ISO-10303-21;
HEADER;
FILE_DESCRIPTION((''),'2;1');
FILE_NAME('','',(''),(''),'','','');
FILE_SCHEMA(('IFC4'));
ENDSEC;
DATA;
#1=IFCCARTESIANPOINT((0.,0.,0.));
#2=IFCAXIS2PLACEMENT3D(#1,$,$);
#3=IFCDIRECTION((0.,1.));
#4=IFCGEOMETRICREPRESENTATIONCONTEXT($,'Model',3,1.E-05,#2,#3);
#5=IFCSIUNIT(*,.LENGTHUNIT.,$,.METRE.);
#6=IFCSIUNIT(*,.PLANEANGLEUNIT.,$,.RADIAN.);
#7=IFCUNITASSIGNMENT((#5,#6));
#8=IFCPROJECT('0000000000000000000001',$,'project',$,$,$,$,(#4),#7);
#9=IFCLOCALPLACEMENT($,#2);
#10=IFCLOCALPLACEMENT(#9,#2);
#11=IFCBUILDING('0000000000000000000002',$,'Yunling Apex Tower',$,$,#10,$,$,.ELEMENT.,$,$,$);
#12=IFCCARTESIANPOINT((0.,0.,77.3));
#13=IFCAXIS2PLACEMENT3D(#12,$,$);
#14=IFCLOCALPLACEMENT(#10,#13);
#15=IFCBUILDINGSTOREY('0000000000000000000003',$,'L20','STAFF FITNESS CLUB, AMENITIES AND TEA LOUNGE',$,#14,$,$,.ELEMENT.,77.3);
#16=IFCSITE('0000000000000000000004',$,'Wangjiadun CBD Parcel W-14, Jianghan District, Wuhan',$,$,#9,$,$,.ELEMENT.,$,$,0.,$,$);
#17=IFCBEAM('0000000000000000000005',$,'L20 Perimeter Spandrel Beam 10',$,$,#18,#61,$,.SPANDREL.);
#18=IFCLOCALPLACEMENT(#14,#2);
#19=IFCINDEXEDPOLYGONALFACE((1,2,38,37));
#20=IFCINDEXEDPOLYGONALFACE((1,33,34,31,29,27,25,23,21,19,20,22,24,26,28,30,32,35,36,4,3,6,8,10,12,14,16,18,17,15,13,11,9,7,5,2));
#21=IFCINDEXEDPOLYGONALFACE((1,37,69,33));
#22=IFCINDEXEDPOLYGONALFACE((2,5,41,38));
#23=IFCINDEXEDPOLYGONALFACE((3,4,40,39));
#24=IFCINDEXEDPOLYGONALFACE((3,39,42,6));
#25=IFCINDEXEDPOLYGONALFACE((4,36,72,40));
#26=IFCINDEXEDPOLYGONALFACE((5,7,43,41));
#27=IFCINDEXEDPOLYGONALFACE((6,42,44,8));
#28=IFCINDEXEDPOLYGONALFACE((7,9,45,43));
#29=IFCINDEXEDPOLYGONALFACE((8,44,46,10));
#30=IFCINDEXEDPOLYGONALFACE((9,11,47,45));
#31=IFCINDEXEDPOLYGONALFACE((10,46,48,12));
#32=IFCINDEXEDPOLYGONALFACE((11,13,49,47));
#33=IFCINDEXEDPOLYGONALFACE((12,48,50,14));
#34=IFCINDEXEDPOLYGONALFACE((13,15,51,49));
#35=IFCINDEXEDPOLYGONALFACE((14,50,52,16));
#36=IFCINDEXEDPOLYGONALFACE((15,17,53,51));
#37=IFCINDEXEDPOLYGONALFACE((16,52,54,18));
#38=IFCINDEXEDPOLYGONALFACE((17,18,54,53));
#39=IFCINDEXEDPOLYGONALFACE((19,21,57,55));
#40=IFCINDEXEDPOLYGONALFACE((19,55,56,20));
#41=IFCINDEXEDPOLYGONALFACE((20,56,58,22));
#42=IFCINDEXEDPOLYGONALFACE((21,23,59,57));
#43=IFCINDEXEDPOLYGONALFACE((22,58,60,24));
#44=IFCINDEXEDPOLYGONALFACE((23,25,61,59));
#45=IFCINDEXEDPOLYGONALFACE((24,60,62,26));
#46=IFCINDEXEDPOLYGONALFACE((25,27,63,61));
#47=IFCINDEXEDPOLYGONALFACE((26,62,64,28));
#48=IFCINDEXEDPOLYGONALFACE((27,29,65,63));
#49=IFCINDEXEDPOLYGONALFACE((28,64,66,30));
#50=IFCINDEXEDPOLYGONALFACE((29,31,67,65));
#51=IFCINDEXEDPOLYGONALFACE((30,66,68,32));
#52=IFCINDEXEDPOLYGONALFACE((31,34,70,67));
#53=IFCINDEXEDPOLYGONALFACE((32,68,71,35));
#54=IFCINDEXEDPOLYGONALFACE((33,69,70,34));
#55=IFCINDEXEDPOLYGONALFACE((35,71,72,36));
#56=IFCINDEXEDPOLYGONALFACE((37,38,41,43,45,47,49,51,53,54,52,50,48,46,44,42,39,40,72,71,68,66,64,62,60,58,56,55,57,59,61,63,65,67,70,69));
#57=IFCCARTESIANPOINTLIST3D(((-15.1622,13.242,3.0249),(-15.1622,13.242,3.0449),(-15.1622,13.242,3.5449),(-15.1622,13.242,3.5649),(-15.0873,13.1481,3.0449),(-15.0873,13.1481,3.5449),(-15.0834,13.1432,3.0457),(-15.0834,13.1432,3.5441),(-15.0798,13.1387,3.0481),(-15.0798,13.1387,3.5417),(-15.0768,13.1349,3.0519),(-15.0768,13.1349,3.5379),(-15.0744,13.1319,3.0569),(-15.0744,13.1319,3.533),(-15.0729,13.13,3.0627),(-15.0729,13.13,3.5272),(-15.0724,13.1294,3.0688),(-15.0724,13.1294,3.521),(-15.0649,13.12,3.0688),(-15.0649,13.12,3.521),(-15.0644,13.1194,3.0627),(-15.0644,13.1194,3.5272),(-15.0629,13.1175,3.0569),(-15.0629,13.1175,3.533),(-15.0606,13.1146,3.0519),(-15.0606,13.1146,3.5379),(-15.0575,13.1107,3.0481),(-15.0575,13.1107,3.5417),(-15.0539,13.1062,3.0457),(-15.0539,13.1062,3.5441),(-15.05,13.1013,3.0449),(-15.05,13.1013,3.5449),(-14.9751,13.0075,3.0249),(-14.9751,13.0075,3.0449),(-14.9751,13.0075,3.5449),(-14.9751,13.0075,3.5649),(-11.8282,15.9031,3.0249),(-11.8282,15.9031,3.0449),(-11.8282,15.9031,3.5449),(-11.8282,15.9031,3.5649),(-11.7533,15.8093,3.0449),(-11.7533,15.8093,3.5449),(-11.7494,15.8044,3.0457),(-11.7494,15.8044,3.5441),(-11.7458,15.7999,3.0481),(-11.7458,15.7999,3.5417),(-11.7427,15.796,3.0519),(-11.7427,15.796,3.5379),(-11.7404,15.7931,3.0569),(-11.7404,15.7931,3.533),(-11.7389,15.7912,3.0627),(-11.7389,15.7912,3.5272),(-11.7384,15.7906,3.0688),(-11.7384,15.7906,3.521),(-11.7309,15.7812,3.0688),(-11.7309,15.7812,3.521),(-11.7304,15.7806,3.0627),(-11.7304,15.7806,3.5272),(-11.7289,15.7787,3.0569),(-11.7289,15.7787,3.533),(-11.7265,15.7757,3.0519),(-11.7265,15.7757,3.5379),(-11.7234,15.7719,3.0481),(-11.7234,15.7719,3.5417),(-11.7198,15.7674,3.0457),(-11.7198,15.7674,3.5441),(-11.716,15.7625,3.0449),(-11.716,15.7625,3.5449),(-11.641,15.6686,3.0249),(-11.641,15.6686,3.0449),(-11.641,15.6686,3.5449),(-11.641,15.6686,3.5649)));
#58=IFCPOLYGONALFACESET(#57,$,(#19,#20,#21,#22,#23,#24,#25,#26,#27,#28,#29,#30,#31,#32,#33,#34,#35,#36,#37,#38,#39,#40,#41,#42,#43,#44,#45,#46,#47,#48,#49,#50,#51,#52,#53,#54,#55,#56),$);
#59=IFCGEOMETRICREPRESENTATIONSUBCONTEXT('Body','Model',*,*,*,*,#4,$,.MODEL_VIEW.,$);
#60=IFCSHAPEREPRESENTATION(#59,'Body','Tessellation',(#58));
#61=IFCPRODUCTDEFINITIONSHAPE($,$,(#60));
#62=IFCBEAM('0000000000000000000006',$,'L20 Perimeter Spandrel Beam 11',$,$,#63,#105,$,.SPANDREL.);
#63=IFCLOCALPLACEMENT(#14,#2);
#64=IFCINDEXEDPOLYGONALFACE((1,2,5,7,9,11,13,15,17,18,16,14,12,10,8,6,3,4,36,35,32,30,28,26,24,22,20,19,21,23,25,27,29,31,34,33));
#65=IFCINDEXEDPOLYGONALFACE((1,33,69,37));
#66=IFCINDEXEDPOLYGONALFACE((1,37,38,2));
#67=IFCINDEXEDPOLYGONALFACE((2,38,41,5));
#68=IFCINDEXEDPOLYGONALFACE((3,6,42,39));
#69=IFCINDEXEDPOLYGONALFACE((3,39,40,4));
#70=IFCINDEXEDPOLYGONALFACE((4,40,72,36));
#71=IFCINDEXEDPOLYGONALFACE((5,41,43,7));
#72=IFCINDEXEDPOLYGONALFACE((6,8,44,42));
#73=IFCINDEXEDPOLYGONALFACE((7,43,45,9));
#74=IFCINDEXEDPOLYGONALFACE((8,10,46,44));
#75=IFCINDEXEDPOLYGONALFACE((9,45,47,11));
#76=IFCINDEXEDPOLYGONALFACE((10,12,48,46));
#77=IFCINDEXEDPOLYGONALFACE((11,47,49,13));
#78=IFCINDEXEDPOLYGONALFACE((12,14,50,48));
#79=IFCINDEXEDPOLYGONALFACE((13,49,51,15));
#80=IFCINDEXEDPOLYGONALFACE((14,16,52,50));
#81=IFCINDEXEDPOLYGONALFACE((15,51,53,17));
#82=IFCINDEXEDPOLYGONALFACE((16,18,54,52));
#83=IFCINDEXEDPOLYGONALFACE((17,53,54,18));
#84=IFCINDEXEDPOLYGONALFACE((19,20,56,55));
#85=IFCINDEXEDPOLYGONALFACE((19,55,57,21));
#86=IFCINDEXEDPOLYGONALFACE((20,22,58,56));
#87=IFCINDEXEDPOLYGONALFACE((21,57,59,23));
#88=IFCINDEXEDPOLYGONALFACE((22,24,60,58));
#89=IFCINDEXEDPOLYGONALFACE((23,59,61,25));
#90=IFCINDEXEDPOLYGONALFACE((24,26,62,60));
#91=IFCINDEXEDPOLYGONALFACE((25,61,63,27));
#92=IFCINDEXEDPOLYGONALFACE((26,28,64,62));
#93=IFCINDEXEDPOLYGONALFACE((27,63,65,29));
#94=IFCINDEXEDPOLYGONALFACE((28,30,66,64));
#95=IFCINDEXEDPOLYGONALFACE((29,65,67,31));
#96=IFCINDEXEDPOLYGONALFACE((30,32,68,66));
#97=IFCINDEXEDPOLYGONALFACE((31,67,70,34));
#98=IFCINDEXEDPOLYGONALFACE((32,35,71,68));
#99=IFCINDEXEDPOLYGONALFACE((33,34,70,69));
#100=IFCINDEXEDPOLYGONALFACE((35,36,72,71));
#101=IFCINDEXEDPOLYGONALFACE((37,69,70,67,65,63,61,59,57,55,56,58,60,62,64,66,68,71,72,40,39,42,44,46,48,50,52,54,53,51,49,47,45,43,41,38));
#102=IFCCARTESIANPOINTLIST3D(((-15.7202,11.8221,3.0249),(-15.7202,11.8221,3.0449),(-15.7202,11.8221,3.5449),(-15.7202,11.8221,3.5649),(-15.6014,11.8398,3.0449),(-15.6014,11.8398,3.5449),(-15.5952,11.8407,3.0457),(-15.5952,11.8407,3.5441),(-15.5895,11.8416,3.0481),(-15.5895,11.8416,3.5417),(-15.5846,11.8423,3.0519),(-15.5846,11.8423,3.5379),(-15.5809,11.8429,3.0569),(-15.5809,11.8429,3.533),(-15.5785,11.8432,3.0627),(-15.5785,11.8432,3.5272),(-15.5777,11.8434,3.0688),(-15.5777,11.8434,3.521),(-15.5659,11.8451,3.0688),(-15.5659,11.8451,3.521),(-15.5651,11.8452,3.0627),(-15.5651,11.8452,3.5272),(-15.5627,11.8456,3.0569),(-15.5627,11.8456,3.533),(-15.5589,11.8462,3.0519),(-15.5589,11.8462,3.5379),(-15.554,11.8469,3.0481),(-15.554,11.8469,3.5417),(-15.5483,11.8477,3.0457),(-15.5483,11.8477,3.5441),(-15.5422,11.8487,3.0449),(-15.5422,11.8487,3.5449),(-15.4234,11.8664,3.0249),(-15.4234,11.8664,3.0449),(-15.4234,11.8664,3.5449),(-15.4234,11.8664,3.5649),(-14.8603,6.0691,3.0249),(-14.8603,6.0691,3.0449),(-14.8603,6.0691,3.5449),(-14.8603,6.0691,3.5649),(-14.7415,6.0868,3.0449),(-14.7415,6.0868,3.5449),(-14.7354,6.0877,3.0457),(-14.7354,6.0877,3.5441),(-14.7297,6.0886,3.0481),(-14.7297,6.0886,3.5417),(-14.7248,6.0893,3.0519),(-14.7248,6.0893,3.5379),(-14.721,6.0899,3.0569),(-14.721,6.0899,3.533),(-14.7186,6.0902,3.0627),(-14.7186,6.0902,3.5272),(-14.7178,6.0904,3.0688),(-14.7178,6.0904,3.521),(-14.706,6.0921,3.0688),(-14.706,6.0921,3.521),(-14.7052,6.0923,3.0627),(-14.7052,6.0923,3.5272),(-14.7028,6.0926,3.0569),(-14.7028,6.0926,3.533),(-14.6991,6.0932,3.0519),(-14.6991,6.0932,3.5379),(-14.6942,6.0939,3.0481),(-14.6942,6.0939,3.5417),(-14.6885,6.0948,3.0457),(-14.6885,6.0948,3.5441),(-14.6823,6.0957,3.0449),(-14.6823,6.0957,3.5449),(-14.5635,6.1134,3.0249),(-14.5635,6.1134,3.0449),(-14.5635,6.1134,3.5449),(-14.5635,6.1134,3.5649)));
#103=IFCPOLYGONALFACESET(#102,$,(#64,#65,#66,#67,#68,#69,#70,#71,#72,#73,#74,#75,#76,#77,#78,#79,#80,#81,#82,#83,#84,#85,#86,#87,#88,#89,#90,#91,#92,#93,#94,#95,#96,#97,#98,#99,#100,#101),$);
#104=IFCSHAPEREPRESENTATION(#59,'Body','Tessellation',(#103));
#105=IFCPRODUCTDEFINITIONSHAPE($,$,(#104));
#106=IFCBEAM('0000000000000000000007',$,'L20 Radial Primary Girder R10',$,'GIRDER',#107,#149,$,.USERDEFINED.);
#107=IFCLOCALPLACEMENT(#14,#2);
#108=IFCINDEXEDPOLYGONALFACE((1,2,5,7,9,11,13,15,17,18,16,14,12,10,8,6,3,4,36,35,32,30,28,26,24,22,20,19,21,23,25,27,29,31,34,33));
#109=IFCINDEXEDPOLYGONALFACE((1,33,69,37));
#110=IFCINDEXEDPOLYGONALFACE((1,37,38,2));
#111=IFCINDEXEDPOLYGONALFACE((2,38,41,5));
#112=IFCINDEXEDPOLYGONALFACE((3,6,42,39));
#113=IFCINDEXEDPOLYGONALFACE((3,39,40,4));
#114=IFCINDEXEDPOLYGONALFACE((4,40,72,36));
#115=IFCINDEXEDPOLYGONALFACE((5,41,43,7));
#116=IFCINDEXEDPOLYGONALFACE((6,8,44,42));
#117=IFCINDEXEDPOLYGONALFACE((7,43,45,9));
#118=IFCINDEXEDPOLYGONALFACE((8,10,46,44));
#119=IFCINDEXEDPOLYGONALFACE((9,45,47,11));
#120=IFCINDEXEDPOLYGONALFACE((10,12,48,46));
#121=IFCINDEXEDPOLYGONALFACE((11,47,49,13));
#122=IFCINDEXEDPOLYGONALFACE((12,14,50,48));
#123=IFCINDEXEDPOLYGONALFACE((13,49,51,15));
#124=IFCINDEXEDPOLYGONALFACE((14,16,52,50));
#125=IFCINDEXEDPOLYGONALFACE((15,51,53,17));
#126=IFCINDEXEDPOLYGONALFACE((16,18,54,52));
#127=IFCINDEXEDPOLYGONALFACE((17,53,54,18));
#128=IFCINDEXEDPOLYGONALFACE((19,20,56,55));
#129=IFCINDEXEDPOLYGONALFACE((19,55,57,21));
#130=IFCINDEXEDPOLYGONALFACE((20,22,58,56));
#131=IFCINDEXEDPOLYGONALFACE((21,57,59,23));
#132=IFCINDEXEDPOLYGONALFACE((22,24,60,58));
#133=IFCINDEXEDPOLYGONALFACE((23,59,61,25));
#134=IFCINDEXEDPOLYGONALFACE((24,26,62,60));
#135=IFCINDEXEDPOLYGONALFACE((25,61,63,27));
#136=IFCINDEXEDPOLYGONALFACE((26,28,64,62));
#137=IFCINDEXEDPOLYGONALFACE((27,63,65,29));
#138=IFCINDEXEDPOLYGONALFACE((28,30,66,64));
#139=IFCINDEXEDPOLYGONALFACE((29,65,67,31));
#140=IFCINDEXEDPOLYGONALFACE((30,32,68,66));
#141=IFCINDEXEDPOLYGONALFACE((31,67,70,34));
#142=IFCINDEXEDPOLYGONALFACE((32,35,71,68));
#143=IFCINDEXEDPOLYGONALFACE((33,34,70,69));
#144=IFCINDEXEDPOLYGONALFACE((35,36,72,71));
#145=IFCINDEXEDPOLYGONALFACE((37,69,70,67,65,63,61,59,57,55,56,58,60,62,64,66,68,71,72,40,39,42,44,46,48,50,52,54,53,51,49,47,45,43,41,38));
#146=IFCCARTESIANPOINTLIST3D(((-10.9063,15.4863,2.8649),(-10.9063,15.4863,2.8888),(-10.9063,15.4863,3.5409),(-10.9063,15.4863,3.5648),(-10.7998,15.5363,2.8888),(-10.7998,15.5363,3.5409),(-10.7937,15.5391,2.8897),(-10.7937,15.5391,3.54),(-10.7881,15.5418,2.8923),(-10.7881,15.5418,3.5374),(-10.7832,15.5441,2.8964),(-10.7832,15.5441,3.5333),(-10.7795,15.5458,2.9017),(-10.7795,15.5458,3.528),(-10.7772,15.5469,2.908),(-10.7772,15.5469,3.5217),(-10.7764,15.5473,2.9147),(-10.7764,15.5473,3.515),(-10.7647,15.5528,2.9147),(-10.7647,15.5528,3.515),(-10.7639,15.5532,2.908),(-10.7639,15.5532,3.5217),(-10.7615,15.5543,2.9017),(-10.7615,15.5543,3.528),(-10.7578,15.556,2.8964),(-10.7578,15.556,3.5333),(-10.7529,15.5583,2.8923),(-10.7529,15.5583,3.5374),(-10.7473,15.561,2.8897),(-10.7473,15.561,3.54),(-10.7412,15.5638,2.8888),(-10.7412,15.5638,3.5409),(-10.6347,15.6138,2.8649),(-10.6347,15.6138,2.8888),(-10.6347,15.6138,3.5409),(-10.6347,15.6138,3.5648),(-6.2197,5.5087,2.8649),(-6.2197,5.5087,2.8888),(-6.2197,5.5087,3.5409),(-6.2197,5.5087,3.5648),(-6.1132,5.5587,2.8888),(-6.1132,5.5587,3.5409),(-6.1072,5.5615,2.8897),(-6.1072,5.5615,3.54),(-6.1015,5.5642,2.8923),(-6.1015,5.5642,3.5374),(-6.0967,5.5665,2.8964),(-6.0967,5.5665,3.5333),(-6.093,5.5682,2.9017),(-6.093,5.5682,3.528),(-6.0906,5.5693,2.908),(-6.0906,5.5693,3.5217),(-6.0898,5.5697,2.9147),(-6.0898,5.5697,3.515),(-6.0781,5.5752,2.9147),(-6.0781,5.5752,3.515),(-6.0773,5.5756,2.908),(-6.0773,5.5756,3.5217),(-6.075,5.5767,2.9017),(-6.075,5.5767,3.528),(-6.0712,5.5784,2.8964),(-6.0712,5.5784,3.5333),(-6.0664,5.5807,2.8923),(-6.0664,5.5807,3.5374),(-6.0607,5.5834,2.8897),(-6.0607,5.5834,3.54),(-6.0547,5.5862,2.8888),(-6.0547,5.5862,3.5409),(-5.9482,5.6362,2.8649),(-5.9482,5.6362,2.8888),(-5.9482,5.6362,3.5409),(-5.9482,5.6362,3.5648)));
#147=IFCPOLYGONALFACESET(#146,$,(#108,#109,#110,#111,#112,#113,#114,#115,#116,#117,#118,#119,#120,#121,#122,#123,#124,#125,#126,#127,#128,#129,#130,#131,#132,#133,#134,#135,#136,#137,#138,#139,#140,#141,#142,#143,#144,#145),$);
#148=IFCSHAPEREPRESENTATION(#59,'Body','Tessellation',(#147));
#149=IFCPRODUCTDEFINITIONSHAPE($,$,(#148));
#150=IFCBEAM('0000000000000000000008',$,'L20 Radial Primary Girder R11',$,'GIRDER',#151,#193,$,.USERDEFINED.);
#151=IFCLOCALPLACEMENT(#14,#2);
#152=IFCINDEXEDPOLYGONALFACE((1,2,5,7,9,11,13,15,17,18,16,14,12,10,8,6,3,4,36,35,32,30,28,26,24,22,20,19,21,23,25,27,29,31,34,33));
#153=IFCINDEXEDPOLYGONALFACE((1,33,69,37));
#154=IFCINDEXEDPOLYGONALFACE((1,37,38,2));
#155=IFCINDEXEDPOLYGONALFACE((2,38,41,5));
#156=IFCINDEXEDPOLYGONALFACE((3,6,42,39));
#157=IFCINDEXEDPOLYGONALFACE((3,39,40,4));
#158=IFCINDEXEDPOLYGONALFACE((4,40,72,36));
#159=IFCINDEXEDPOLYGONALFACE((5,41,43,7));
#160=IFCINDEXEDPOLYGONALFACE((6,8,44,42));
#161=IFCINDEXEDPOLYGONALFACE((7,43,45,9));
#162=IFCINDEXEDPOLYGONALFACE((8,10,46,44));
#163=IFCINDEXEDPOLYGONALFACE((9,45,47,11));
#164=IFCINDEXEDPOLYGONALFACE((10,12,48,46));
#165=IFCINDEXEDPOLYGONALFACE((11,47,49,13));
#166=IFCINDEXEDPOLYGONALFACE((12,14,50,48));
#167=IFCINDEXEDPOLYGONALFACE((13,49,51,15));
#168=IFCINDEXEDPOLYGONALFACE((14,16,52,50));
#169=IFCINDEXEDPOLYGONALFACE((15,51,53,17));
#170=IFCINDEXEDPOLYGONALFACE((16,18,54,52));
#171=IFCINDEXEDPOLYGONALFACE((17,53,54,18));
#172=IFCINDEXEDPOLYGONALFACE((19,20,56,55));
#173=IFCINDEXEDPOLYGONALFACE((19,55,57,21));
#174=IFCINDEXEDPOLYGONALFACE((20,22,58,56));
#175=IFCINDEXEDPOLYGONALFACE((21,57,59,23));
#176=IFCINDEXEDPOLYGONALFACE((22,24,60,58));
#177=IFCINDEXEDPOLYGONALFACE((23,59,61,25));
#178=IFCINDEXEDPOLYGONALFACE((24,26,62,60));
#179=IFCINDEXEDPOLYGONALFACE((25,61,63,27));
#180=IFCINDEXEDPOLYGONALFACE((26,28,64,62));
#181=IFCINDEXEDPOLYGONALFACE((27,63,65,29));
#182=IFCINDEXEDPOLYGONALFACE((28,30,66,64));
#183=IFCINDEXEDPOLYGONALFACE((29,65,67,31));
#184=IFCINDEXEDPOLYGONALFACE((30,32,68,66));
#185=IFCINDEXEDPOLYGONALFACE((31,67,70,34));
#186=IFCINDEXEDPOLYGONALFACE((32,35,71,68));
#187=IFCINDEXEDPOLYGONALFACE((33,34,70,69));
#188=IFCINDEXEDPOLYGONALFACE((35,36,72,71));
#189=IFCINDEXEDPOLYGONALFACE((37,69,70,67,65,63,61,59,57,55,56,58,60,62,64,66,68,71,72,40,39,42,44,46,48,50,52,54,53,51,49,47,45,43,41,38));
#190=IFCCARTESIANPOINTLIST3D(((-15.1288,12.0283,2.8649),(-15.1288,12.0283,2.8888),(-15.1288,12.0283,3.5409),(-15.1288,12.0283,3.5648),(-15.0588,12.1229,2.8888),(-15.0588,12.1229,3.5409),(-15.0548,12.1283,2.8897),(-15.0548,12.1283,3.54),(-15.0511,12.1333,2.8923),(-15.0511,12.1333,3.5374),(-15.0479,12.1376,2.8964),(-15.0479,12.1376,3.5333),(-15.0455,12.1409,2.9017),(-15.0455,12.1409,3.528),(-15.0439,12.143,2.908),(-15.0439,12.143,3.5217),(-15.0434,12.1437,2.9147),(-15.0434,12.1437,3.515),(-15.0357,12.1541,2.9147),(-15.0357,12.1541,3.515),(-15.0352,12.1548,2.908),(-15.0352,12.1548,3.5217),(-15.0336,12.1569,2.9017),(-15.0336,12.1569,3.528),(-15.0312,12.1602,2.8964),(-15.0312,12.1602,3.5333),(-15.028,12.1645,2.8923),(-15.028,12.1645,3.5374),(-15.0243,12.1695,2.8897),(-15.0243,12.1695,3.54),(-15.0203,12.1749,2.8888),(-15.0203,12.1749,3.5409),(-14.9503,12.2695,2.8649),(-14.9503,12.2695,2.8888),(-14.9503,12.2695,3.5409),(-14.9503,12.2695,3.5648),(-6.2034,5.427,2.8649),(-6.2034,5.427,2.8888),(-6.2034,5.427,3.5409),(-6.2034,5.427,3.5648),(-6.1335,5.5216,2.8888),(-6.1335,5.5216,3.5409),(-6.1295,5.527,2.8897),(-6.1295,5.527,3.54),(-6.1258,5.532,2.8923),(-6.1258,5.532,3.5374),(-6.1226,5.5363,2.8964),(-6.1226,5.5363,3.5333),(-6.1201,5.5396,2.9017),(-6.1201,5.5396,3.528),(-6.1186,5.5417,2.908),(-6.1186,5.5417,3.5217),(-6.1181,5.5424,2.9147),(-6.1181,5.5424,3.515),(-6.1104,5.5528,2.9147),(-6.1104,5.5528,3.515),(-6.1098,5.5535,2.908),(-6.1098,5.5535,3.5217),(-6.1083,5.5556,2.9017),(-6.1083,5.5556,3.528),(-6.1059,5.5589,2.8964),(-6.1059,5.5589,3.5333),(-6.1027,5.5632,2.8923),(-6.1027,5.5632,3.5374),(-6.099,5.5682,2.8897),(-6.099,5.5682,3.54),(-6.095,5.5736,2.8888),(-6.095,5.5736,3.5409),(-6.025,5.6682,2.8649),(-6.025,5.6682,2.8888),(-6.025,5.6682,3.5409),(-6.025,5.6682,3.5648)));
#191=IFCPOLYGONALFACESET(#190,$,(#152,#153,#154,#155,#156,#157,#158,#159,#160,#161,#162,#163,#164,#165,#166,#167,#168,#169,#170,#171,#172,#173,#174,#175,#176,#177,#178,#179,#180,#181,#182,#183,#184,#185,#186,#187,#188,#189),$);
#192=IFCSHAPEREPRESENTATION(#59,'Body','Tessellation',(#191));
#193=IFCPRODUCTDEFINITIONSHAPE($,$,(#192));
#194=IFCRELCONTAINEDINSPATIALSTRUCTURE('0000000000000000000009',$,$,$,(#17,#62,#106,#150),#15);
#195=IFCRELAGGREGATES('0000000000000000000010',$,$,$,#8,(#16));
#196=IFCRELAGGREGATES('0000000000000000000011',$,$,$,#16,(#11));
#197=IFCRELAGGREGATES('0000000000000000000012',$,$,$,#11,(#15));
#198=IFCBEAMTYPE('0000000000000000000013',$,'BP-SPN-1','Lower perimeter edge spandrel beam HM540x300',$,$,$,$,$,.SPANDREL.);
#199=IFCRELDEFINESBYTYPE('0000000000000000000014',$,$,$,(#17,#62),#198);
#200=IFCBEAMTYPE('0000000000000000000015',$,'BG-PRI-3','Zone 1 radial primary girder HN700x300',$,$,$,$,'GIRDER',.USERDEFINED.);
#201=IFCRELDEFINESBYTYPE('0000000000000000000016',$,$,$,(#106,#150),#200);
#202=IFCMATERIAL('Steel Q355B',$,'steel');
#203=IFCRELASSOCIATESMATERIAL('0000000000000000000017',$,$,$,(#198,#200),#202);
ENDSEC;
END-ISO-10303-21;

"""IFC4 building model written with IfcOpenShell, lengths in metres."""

from ifc_helpers import new_model, si_unit, direction, frame, origin, origin_2d, place, context, subcontext, project, spatial, i_section, extrude, source, transform, mapped, material, material_profile, profile_set, type_object, element, save


model = new_model("IFC4")

# Units and contexts
model_context = context("Model", 3, precision=1e-05, world=origin(), true_north=direction((0.0, 1.0)))
body_context = subcontext(model_context, "Body", "Model", "MODEL_VIEW")
ifc_project = project(units=[si_unit("LENGTHUNIT", "METRE"), si_unit("PLANEANGLEUNIT", "RADIAN")], contexts=[model_context])

# Site, building, storey
site_placement = place(None, origin())
site = spatial("IfcSite", under=ifc_project, at=site_placement, Name="Wangjiadun CBD Parcel W-14, Jianghan District, Wuhan", CompositionType="ELEMENT", RefElevation=0.0)
building_placement = place(site_placement, origin())
building = spatial("IfcBuilding", under=site, at=building_placement, Name="Yunling Apex Tower", CompositionType="ELEMENT")
storey_placement = place(building_placement, frame((0.0, 0.0, 77.3)))
storey = spatial("IfcBuildingStorey", under=building, at=storey_placement, Name="L20", Description="STAFF FITNESS CLUB, AMENITIES AND TEA LOUNGE", CompositionType="ELEMENT", Elevation=77.3)

# Beams
ifc_material_1 = material(Name="Steel Q355B", Category="steel")
ifc_material_profile_1 = material_profile(ifc_material_1, i_section(OverallWidth=0.3, OverallDepth=0.54, WebThickness=0.012, FlangeThickness=0.02, FilletRadius=0.0239, at=origin_2d()))
ifc_profile_set_1 = profile_set([ifc_material_profile_1], Name="Steel Q355B")
beam_type_1 = type_object("IfcBeamType", Name="BP-SPN-1", Description="Lower perimeter edge spandrel beam HM540x300", PredefinedType="SPANDREL", material=ifc_profile_set_1)
shared_shape_1 = source(origin(), body_context, "Body", "SweptSolid", [
    extrude(i_section(OverallWidth=0.3, OverallDepth=0.54, WebThickness=0.012, FlangeThickness=0.02, FilletRadius=0.0239, at=origin_2d()), origin(), (0.0, 0.0, 1.0), 4.2659),
])
beam_1_placement = place(storey_placement, frame((-11.7346, 15.7859, 3.2949), z_axis=(-0.781561, -0.623829, 0.0), x_axis=(0.623829, -0.781561, 0.0)))
element("IfcBeam", 1, at=beam_1_placement, inside=storey, type_object=beam_type_1, Name="L20 Perimeter Spandrel Beam 10", PredefinedType="SPANDREL", context=body_context, shape_type="MappedRepresentation", body=[
    mapped(shared_shape_1, transform((0.0, 0.0, 0.0), scale=1.0)),
])
shared_shape_2 = source(origin(), body_context, "Body", "SweptSolid", [
    extrude(i_section(OverallWidth=0.3, OverallDepth=0.54, WebThickness=0.012, FlangeThickness=0.02, FilletRadius=0.0239, at=origin_2d()), origin(), (0.0, 0.0, 1.0), 5.8169),
])
beam_2_placement = place(storey_placement, frame((-15.5718, 11.8442, 3.2949), z_axis=(0.147823, -0.989014, 0.0), x_axis=(0.989014, 0.147823, 0.0)))
element("IfcBeam", 2, at=beam_2_placement, inside=storey, type_object=beam_type_1, Name="L20 Perimeter Spandrel Beam 11", PredefinedType="SPANDREL", context=body_context, shape_type="MappedRepresentation", body=[
    mapped(shared_shape_2, transform((0.0, 0.0, 0.0), scale=1.0)),
])
ifc_material_profile_2 = material_profile(ifc_material_1, i_section(OverallWidth=0.3, OverallDepth=0.7, WebThickness=0.0129, FlangeThickness=0.0239, FilletRadius=0.0259, at=origin_2d()))
ifc_profile_set_2 = profile_set([ifc_material_profile_2], Name="Steel Q355B")
beam_type_2 = type_object("IfcBeamType", Name="BG-PRI-3", Description="Zone 1 radial primary girder HN700x300", ElementType="GIRDER", PredefinedType="USERDEFINED", material=ifc_profile_set_2)
shared_shape_3 = source(origin(), body_context, "Body", "SweptSolid", [
    extrude(i_section(OverallWidth=0.3, OverallDepth=0.7, WebThickness=0.0129, FlangeThickness=0.0239, FilletRadius=0.0259, at=origin_2d()), origin(), (0.0, 0.0, 1.0), 11.0234),
])
beam_3_placement = place(storey_placement, frame((-10.7705, 15.55, 3.2148), z_axis=(0.425144, -0.905126, 0.0), x_axis=(0.905126, 0.425144, 0.0)))
element("IfcBeam", 3, at=beam_3_placement, inside=storey, type_object=beam_type_2, Name="L20 Radial Primary Girder R10", ObjectType="GIRDER", PredefinedType="USERDEFINED", context=body_context, shape_type="MappedRepresentation", body=[
    mapped(shared_shape_3, transform((0.0, 0.0, 0.0), scale=1.0)),
])
shared_shape_4 = source(origin(), body_context, "Body", "SweptSolid", [
    extrude(i_section(OverallWidth=0.3, OverallDepth=0.7, WebThickness=0.0129, FlangeThickness=0.0239, FilletRadius=0.0259, at=origin_2d()), origin(), (0.0, 0.0, 1.0), 11.1013),
])
beam_4_placement = place(storey_placement, frame((-15.0396, 12.1489, 3.2148), z_axis=(0.803988, -0.594645, 0.0), x_axis=(0.594645, 0.803988, 0.0)))
element("IfcBeam", 4, at=beam_4_placement, inside=storey, type_object=beam_type_2, Name="L20 Radial Primary Girder R11", ObjectType="GIRDER", PredefinedType="USERDEFINED", context=body_context, shape_type="MappedRepresentation", body=[
    mapped(shared_shape_4, transform((0.0, 0.0, 0.0), scale=1.0)),
])

save(model, "model.ifc")
